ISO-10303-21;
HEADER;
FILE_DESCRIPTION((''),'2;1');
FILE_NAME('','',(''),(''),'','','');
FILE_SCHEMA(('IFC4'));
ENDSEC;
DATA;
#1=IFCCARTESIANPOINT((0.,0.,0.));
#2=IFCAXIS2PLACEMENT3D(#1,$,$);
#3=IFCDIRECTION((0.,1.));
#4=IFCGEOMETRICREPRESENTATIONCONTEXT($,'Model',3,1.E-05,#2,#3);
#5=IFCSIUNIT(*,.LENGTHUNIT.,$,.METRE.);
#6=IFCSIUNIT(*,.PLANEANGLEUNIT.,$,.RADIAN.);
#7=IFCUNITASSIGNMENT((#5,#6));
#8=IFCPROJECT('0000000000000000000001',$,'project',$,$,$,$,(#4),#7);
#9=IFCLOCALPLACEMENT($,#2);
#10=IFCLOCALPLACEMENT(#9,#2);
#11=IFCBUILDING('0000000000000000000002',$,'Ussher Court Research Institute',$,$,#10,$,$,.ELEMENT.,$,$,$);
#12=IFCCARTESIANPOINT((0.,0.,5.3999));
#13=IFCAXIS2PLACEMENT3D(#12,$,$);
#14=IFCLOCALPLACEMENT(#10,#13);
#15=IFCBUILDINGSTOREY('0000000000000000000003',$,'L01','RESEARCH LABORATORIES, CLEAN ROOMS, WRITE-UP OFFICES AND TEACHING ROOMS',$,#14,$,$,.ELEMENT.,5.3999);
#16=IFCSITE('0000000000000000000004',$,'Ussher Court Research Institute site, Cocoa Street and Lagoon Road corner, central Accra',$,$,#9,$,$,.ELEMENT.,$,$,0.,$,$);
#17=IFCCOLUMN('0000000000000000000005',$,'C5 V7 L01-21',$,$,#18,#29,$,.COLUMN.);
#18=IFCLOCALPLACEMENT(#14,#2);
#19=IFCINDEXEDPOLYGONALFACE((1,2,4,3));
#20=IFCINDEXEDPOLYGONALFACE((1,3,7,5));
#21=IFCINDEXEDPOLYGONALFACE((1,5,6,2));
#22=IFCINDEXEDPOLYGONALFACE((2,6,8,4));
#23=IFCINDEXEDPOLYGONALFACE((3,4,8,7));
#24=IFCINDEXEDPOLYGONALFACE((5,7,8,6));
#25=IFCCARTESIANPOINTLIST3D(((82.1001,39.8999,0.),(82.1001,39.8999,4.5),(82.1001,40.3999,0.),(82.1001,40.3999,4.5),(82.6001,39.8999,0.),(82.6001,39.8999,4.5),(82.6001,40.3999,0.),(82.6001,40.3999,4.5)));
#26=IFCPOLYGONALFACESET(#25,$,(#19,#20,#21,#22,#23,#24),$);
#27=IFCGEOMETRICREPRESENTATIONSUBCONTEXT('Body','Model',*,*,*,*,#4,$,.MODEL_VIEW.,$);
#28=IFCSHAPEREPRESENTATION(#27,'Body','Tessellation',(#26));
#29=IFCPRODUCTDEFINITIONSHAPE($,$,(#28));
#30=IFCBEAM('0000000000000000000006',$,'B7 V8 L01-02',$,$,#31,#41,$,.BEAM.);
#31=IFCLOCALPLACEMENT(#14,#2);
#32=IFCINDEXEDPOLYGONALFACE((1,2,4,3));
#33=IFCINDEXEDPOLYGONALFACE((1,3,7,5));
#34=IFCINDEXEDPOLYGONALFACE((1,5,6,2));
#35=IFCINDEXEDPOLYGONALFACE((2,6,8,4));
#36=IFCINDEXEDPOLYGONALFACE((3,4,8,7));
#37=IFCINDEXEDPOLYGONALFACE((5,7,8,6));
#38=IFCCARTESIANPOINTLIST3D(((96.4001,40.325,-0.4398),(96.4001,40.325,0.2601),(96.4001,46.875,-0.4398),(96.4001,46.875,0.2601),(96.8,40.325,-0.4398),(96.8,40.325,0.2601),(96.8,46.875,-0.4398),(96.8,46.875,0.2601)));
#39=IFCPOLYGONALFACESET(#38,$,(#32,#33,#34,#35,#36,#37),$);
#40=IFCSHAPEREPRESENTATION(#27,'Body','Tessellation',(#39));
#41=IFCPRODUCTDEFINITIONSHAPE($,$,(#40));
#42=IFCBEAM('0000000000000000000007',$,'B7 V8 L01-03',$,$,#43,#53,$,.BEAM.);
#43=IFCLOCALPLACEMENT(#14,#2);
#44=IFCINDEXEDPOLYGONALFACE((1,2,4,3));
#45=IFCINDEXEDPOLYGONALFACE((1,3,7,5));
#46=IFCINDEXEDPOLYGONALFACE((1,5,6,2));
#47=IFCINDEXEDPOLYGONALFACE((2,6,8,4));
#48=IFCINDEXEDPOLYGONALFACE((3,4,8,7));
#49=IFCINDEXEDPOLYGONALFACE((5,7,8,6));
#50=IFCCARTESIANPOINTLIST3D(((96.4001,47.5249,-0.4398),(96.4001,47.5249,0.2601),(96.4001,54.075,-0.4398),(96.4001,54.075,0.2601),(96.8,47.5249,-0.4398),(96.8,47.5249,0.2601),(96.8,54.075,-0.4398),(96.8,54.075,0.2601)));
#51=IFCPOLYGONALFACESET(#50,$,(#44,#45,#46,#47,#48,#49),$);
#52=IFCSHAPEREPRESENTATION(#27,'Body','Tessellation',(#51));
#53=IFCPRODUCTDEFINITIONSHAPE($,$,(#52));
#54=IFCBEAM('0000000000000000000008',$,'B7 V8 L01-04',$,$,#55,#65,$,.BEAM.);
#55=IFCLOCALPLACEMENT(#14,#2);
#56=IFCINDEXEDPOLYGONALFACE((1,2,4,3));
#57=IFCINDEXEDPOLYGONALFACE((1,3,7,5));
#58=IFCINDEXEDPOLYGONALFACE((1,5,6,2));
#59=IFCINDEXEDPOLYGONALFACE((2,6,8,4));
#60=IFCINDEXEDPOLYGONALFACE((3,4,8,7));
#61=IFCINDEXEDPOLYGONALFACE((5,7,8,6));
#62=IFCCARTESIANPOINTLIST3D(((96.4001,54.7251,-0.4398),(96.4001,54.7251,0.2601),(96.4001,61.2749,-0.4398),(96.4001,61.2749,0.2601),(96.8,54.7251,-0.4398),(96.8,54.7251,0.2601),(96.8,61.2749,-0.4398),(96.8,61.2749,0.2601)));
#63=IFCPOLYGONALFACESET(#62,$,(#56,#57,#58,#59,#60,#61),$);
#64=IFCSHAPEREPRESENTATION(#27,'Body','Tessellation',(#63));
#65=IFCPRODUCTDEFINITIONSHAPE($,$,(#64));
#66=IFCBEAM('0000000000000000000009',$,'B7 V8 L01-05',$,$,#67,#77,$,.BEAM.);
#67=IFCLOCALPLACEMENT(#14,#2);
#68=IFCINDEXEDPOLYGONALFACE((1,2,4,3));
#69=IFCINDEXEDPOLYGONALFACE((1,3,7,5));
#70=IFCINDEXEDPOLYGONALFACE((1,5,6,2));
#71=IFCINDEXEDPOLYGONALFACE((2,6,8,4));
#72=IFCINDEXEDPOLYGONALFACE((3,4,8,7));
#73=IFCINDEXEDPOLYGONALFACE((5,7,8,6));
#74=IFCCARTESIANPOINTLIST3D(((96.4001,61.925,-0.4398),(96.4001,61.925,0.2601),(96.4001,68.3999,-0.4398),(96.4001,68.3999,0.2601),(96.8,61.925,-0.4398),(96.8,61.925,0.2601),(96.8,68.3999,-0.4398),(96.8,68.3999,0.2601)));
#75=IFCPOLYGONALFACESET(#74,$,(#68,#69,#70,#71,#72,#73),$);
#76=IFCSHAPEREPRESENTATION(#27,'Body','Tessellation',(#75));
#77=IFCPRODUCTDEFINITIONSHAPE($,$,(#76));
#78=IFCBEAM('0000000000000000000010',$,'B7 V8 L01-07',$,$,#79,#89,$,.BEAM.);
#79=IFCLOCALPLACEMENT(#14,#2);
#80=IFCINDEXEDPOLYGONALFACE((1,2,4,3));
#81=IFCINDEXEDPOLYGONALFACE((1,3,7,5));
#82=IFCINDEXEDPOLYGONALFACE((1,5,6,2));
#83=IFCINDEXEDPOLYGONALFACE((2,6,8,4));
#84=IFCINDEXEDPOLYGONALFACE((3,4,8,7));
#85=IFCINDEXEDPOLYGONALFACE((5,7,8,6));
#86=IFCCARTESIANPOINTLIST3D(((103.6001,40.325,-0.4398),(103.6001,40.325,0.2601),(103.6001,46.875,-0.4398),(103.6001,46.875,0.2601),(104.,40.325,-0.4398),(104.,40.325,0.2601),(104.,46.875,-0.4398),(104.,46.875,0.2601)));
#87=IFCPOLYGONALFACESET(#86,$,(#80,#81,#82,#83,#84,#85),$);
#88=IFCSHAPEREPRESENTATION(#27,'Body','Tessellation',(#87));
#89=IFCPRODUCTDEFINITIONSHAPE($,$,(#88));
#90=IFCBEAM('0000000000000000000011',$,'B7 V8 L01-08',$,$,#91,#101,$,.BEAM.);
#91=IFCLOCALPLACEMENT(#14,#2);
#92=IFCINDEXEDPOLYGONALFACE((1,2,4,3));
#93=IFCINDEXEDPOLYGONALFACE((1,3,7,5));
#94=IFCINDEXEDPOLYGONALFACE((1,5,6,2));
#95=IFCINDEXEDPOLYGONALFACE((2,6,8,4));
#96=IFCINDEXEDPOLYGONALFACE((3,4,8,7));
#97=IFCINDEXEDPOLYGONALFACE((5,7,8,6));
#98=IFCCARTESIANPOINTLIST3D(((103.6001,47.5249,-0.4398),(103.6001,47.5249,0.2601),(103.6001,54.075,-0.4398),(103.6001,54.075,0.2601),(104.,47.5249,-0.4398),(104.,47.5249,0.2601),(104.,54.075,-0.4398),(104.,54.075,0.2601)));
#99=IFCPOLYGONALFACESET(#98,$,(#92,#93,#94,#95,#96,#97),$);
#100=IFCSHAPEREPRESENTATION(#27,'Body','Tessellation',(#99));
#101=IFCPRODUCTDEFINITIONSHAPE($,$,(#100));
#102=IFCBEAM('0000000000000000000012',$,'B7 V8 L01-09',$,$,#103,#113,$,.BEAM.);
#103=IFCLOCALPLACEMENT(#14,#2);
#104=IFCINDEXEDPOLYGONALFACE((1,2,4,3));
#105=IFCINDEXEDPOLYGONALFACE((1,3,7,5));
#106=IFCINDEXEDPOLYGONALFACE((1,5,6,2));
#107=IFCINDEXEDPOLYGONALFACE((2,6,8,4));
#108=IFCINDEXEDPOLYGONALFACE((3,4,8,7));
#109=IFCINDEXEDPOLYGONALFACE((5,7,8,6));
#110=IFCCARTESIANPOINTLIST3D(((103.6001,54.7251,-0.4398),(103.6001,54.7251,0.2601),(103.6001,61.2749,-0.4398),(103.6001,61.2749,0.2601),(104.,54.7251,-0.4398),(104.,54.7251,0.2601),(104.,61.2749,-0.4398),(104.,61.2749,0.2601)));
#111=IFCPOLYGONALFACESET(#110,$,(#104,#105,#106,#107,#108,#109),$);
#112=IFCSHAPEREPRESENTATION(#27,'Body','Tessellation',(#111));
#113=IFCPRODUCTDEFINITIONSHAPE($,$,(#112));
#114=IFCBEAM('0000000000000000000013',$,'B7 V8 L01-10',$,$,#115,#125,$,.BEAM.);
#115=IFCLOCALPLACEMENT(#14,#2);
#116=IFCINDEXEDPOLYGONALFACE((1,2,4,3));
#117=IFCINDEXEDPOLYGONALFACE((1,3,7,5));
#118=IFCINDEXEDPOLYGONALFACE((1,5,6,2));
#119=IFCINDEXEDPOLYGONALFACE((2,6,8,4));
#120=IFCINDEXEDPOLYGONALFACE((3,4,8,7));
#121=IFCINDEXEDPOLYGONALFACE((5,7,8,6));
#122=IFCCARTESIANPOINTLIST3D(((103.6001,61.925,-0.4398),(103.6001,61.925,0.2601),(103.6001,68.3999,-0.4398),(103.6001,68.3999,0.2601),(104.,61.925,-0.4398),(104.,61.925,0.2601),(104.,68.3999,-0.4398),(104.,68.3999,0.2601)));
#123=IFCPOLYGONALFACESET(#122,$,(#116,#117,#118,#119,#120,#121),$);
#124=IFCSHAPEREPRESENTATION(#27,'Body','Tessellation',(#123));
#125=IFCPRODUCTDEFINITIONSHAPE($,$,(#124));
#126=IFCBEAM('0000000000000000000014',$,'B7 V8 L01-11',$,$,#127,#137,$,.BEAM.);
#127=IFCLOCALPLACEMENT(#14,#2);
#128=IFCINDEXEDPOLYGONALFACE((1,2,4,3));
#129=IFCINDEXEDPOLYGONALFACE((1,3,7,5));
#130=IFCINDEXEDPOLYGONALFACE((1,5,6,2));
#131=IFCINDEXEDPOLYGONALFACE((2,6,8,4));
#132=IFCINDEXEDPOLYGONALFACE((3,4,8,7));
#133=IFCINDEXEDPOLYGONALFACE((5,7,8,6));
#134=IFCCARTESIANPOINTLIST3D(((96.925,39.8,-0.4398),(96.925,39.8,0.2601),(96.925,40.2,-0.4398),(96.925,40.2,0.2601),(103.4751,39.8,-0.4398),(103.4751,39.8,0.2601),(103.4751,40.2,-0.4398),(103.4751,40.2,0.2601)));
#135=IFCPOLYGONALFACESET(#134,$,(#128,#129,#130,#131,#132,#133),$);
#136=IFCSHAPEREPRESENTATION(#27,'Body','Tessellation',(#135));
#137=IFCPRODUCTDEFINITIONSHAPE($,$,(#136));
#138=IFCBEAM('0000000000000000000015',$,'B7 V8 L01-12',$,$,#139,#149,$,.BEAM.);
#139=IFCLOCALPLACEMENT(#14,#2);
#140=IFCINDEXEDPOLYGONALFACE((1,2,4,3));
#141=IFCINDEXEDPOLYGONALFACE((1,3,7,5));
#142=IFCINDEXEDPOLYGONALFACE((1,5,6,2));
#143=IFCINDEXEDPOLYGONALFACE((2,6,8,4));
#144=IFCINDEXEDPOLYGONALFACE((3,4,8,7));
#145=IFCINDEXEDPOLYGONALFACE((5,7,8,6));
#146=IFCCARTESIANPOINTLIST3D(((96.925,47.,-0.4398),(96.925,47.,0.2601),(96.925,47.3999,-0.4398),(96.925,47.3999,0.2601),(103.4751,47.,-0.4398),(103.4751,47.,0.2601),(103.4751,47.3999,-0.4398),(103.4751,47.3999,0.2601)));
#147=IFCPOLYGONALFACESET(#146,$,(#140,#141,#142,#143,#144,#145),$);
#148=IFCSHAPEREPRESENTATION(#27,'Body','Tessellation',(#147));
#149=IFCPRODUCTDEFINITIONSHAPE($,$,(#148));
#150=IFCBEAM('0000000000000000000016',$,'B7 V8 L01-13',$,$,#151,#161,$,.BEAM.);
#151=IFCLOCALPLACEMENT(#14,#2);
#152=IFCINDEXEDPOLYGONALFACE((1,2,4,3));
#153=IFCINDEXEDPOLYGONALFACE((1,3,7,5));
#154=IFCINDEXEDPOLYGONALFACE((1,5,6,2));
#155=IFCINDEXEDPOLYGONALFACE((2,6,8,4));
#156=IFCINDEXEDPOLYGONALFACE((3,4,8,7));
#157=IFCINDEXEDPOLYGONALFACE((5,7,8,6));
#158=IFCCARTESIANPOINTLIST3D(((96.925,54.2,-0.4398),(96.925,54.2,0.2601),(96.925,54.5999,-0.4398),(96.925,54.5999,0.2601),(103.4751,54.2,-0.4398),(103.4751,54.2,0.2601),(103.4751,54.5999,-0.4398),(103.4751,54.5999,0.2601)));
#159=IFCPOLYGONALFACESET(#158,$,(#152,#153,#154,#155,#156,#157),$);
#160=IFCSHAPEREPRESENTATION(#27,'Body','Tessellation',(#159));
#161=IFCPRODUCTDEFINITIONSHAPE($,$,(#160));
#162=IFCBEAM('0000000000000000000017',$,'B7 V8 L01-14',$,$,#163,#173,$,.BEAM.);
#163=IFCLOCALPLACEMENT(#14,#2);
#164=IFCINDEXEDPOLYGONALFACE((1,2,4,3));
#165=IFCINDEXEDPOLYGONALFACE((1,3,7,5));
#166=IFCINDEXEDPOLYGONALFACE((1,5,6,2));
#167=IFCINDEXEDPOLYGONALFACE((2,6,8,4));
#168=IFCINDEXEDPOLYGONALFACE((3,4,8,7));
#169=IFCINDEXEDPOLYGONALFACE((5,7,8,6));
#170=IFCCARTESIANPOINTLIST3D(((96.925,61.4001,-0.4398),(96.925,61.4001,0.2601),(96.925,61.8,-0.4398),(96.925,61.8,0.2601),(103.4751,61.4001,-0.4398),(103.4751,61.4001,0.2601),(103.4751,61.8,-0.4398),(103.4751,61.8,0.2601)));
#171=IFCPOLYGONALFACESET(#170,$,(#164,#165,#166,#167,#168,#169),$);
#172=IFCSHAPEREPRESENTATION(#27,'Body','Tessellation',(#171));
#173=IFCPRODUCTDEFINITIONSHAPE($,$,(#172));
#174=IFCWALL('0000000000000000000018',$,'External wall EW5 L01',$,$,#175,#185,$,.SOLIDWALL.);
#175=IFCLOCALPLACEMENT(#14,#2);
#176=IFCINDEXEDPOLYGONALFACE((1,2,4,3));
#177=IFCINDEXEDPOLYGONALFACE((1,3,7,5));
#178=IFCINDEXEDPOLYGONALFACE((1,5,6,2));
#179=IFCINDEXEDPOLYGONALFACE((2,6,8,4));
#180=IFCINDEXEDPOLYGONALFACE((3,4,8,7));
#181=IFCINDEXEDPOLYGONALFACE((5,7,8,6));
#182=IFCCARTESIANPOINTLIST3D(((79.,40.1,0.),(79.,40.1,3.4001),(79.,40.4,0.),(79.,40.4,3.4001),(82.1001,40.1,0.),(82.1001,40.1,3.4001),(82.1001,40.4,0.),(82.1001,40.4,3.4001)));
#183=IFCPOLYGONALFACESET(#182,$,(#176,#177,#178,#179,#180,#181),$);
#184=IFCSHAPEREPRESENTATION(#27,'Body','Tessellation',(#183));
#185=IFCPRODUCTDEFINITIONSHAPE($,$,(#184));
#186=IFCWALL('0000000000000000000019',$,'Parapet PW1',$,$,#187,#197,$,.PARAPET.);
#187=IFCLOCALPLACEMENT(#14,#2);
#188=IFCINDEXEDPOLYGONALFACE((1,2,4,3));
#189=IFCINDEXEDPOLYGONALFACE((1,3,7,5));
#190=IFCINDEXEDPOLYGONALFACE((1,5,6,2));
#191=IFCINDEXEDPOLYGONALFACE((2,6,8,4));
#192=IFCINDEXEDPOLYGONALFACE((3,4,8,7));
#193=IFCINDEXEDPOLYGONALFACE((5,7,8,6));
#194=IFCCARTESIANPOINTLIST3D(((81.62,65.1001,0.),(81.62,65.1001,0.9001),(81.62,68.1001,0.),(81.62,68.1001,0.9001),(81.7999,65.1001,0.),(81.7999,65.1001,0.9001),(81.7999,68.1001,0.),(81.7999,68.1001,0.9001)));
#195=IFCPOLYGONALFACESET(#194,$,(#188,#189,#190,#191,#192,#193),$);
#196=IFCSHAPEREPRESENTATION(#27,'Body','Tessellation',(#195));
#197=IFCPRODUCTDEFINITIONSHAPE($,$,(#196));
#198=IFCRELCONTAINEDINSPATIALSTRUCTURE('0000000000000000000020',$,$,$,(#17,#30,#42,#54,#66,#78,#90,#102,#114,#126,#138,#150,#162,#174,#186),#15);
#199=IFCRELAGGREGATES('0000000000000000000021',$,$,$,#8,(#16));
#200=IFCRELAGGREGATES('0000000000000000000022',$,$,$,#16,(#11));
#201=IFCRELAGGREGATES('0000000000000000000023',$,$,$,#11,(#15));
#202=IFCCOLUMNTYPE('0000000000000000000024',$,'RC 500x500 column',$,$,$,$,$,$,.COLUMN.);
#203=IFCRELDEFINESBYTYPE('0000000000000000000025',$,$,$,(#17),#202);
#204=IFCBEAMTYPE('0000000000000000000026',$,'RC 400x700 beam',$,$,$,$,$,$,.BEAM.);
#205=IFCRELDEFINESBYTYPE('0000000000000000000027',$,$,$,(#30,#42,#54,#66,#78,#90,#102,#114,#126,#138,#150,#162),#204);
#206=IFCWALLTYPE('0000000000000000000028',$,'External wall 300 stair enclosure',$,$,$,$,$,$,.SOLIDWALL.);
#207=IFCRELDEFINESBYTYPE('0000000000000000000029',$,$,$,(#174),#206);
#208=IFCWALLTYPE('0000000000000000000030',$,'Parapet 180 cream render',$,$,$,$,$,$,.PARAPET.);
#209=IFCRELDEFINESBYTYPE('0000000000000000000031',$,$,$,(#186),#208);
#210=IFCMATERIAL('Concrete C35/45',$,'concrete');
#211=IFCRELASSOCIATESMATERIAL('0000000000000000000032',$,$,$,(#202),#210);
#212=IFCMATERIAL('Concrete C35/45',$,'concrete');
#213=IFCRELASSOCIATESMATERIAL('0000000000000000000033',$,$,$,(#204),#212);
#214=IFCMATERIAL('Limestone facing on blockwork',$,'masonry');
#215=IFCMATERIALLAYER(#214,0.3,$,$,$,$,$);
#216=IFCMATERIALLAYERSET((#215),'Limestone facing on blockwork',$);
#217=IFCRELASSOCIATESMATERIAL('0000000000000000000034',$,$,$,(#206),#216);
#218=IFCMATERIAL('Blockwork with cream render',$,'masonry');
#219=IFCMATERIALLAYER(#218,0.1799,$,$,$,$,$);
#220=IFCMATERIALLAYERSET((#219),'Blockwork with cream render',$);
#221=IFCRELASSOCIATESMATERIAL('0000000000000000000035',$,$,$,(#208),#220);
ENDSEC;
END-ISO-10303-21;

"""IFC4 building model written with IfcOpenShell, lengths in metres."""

from ifc_helpers import new_model, si_unit, direction, frame, frame_2d, origin, origin_2d, place, context, subcontext, project, spatial, rectangle, extrude, material, layer, layer_set, material_profile, profile_set, type_object, element, save


model = new_model("IFC4")

# Units and contexts
model_context = context("Model", 3, precision=1e-05, world=origin(), true_north=direction((0.0, 1.0)))
body_context = subcontext(model_context, "Body", "Model", "MODEL_VIEW")
ifc_project = project(units=[si_unit("LENGTHUNIT", "METRE"), si_unit("PLANEANGLEUNIT", "RADIAN")], contexts=[model_context])

# Site, building, storey
site_placement = place(None, origin())
site = spatial("IfcSite", under=ifc_project, at=site_placement, Name="Ussher Court Research Institute site, Cocoa Street and Lagoon Road corner, central Accra", CompositionType="ELEMENT", RefElevation=0.0)
building_placement = place(site_placement, origin())
building = spatial("IfcBuilding", under=site, at=building_placement, Name="Ussher Court Research Institute", CompositionType="ELEMENT")
storey_placement = place(building_placement, frame((0.0, 0.0, 5.3999)))
storey = spatial("IfcBuildingStorey", under=building, at=storey_placement, Name="L01", Description="RESEARCH LABORATORIES, CLEAN ROOMS, WRITE-UP OFFICES AND TEACHING ROOMS", CompositionType="ELEMENT", Elevation=5.3999)

# Column
ifc_material_1 = material(Name="Concrete C35/45", Category="concrete")
ifc_material_profile_1 = material_profile(ifc_material_1, rectangle(XDim=0.5, YDim=0.5, at=origin_2d()), Name="RC 500x500")
ifc_profile_set_1 = profile_set([ifc_material_profile_1], Name="Concrete C35/45")
column_type = type_object("IfcColumnType", Name="RC 500x500 column", PredefinedType="COLUMN", material=ifc_profile_set_1)
column_placement = place(storey_placement, frame((82.3501, 40.1499, 0.0), z_axis=(0.0, 0.0, 1.0), x_axis=(1.0, 0.0, 0.0)))
element("IfcColumn", 1, at=column_placement, inside=storey, type_object=column_type, Name="C5 V7 L01-21", PredefinedType="COLUMN", context=body_context, shape_type="SweptSolid", body=[
    extrude(rectangle(XDim=0.5, YDim=0.5, at=origin_2d()), origin(), (0.0, 0.0, 1.0), 4.5),
])

# Beams
ifc_material_2 = material(Name="Concrete C35/45", Category="concrete")
ifc_material_profile_2 = material_profile(ifc_material_2, rectangle(XDim=0.3999, YDim=0.7, at=origin_2d()), Name="RC 400x700")
ifc_profile_set_2 = profile_set([ifc_material_profile_2], Name="Concrete C35/45")
beam_type = type_object("IfcBeamType", Name="RC 400x700 beam", PredefinedType="BEAM", material=ifc_profile_set_2)
for number, where, z_axis, x_axis, name in (
    (2, (96.6001, 40.325, -0.0898), (0.0, 1.0, 0.0), (-1.0, 0.0, 0.0), "B7 V8 L01-02"),
    (3, (96.6001, 47.5249, -0.0898), (0.0, 1.0, 0.0), (-1.0, 0.0, 0.0), "B7 V8 L01-03"),
):
    element("IfcBeam", number, at=place(storey_placement, frame(where, z_axis=z_axis, x_axis=x_axis)), inside=storey, type_object=beam_type, Name=name, PredefinedType="BEAM", context=body_context, shape_type="SweptSolid", body=[
        extrude(rectangle(XDim=0.3999, YDim=0.7, at=origin_2d()), origin(), (0.0, 0.0, 1.0), 6.55),
    ])
beam_1_placement = place(storey_placement, frame((96.6001, 54.7251, -0.0898), z_axis=(0.0, 1.0, 0.0), x_axis=(-1.0, 0.0, 0.0)))
element("IfcBeam", 4, at=beam_1_placement, inside=storey, type_object=beam_type, Name="B7 V8 L01-04", PredefinedType="BEAM", context=body_context, shape_type="SweptSolid", body=[
    extrude(rectangle(XDim=0.3999, YDim=0.7, at=origin_2d()), origin(), (0.0, 0.0, 1.0), 6.5498),
])
beam_2_placement = place(storey_placement, frame((96.6001, 61.925, -0.0898), z_axis=(0.0, 1.0, 0.0), x_axis=(-1.0, 0.0, 0.0)))
element("IfcBeam", 5, at=beam_2_placement, inside=storey, type_object=beam_type, Name="B7 V8 L01-05", PredefinedType="BEAM", context=body_context, shape_type="SweptSolid", body=[
    extrude(rectangle(XDim=0.3999, YDim=0.7, at=origin_2d()), origin(), (0.0, 0.0, 1.0), 6.4749),
])
for number, where, z_axis, x_axis, name in (
    (6, (103.8, 40.325, -0.0898), (0.0, 1.0, 0.0), (-1.0, 0.0, 0.0), "B7 V8 L01-07"),
    (7, (103.8, 47.5249, -0.0898), (0.0, 1.0, 0.0), (-1.0, 0.0, 0.0), "B7 V8 L01-08"),
):
    element("IfcBeam", number, at=place(storey_placement, frame(where, z_axis=z_axis, x_axis=x_axis)), inside=storey, type_object=beam_type, Name=name, PredefinedType="BEAM", context=body_context, shape_type="SweptSolid", body=[
        extrude(rectangle(XDim=0.3999, YDim=0.7, at=origin_2d()), origin(), (0.0, 0.0, 1.0), 6.55),
    ])
beam_3_placement = place(storey_placement, frame((103.8, 54.7251, -0.0898), z_axis=(0.0, 1.0, 0.0), x_axis=(-1.0, 0.0, 0.0)))
element("IfcBeam", 8, at=beam_3_placement, inside=storey, type_object=beam_type, Name="B7 V8 L01-09", PredefinedType="BEAM", context=body_context, shape_type="SweptSolid", body=[
    extrude(rectangle(XDim=0.3999, YDim=0.7, at=origin_2d()), origin(), (0.0, 0.0, 1.0), 6.5498),
])
beam_4_placement = place(storey_placement, frame((103.8, 61.925, -0.0898), z_axis=(0.0, 1.0, 0.0), x_axis=(-1.0, 0.0, 0.0)))
element("IfcBeam", 9, at=beam_4_placement, inside=storey, type_object=beam_type, Name="B7 V8 L01-10", PredefinedType="BEAM", context=body_context, shape_type="SweptSolid", body=[
    extrude(rectangle(XDim=0.3999, YDim=0.7, at=origin_2d()), origin(), (0.0, 0.0, 1.0), 6.4749),
])
for number, where, z_axis, x_axis, name in (
    (10, (96.925, 40.0, -0.0898), (1.0, 0.0, 0.0), (0.0, 1.0, 0.0), "B7 V8 L01-11"),
    (11, (96.925, 47.2, -0.0898), (1.0, 0.0, 0.0), (0.0, 1.0, 0.0), "B7 V8 L01-12"),
    (12, (96.925, 54.3999, -0.0898), (1.0, 0.0, 0.0), (0.0, 1.0, 0.0), "B7 V8 L01-13"),
    (13, (96.925, 61.6001, -0.0898), (1.0, 0.0, 0.0), (0.0, 1.0, 0.0), "B7 V8 L01-14"),
):
    element("IfcBeam", number, at=place(storey_placement, frame(where, z_axis=z_axis, x_axis=x_axis)), inside=storey, type_object=beam_type, Name=name, PredefinedType="BEAM", context=body_context, shape_type="SweptSolid", body=[
        extrude(rectangle(XDim=0.3999, YDim=0.7, at=origin_2d()), origin(), (0.0, 0.0, 1.0), 6.55),
    ])

# Walls
ifc_material_3 = material(Name="Limestone facing on blockwork", Category="masonry")
ifc_layer_1 = layer(ifc_material_3, 0.3)
ifc_layer_set_1 = layer_set([ifc_layer_1], Name="Limestone facing on blockwork")
wall_type_1 = type_object("IfcWallType", Name="External wall 300 stair enclosure", PredefinedType="SOLIDWALL", material=ifc_layer_set_1)
wall_1_placement = place(storey_placement, frame((79.0, 40.25, 0.0), z_axis=(0.0, 0.0, 1.0), x_axis=(1.0, 0.0, 0.0)))
element("IfcWall", 14, at=wall_1_placement, inside=storey, type_object=wall_type_1, Name="External wall EW5 L01", PredefinedType="SOLIDWALL", context=body_context, shape_type="SweptSolid", body=[
    extrude(rectangle(XDim=3.1001, YDim=0.3, at=frame_2d((1.55, 0.0))), origin(), (0.0, 0.0, 1.0), 3.4001),
])
ifc_material_4 = material(Name="Blockwork with cream render", Category="masonry")
ifc_layer_2 = layer(ifc_material_4, 0.1799)
ifc_layer_set_2 = layer_set([ifc_layer_2], Name="Blockwork with cream render")
wall_type_2 = type_object("IfcWallType", Name="Parapet 180 cream render", PredefinedType="PARAPET", material=ifc_layer_set_2)
wall_2_placement = place(storey_placement, frame((81.71, 65.1001, 0.0), z_axis=(0.0, 0.0, 1.0), x_axis=(0.0, 1.0, 0.0)))
element("IfcWall", 15, at=wall_2_placement, inside=storey, type_object=wall_type_2, Name="Parapet PW1", PredefinedType="PARAPET", context=body_context, shape_type="SweptSolid", body=[
    extrude(rectangle(XDim=3.0, YDim=0.1799, at=frame_2d((1.5, 0.0))), origin(), (0.0, 0.0, 1.0), 0.9001),
])

save(model, "model.ifc")
